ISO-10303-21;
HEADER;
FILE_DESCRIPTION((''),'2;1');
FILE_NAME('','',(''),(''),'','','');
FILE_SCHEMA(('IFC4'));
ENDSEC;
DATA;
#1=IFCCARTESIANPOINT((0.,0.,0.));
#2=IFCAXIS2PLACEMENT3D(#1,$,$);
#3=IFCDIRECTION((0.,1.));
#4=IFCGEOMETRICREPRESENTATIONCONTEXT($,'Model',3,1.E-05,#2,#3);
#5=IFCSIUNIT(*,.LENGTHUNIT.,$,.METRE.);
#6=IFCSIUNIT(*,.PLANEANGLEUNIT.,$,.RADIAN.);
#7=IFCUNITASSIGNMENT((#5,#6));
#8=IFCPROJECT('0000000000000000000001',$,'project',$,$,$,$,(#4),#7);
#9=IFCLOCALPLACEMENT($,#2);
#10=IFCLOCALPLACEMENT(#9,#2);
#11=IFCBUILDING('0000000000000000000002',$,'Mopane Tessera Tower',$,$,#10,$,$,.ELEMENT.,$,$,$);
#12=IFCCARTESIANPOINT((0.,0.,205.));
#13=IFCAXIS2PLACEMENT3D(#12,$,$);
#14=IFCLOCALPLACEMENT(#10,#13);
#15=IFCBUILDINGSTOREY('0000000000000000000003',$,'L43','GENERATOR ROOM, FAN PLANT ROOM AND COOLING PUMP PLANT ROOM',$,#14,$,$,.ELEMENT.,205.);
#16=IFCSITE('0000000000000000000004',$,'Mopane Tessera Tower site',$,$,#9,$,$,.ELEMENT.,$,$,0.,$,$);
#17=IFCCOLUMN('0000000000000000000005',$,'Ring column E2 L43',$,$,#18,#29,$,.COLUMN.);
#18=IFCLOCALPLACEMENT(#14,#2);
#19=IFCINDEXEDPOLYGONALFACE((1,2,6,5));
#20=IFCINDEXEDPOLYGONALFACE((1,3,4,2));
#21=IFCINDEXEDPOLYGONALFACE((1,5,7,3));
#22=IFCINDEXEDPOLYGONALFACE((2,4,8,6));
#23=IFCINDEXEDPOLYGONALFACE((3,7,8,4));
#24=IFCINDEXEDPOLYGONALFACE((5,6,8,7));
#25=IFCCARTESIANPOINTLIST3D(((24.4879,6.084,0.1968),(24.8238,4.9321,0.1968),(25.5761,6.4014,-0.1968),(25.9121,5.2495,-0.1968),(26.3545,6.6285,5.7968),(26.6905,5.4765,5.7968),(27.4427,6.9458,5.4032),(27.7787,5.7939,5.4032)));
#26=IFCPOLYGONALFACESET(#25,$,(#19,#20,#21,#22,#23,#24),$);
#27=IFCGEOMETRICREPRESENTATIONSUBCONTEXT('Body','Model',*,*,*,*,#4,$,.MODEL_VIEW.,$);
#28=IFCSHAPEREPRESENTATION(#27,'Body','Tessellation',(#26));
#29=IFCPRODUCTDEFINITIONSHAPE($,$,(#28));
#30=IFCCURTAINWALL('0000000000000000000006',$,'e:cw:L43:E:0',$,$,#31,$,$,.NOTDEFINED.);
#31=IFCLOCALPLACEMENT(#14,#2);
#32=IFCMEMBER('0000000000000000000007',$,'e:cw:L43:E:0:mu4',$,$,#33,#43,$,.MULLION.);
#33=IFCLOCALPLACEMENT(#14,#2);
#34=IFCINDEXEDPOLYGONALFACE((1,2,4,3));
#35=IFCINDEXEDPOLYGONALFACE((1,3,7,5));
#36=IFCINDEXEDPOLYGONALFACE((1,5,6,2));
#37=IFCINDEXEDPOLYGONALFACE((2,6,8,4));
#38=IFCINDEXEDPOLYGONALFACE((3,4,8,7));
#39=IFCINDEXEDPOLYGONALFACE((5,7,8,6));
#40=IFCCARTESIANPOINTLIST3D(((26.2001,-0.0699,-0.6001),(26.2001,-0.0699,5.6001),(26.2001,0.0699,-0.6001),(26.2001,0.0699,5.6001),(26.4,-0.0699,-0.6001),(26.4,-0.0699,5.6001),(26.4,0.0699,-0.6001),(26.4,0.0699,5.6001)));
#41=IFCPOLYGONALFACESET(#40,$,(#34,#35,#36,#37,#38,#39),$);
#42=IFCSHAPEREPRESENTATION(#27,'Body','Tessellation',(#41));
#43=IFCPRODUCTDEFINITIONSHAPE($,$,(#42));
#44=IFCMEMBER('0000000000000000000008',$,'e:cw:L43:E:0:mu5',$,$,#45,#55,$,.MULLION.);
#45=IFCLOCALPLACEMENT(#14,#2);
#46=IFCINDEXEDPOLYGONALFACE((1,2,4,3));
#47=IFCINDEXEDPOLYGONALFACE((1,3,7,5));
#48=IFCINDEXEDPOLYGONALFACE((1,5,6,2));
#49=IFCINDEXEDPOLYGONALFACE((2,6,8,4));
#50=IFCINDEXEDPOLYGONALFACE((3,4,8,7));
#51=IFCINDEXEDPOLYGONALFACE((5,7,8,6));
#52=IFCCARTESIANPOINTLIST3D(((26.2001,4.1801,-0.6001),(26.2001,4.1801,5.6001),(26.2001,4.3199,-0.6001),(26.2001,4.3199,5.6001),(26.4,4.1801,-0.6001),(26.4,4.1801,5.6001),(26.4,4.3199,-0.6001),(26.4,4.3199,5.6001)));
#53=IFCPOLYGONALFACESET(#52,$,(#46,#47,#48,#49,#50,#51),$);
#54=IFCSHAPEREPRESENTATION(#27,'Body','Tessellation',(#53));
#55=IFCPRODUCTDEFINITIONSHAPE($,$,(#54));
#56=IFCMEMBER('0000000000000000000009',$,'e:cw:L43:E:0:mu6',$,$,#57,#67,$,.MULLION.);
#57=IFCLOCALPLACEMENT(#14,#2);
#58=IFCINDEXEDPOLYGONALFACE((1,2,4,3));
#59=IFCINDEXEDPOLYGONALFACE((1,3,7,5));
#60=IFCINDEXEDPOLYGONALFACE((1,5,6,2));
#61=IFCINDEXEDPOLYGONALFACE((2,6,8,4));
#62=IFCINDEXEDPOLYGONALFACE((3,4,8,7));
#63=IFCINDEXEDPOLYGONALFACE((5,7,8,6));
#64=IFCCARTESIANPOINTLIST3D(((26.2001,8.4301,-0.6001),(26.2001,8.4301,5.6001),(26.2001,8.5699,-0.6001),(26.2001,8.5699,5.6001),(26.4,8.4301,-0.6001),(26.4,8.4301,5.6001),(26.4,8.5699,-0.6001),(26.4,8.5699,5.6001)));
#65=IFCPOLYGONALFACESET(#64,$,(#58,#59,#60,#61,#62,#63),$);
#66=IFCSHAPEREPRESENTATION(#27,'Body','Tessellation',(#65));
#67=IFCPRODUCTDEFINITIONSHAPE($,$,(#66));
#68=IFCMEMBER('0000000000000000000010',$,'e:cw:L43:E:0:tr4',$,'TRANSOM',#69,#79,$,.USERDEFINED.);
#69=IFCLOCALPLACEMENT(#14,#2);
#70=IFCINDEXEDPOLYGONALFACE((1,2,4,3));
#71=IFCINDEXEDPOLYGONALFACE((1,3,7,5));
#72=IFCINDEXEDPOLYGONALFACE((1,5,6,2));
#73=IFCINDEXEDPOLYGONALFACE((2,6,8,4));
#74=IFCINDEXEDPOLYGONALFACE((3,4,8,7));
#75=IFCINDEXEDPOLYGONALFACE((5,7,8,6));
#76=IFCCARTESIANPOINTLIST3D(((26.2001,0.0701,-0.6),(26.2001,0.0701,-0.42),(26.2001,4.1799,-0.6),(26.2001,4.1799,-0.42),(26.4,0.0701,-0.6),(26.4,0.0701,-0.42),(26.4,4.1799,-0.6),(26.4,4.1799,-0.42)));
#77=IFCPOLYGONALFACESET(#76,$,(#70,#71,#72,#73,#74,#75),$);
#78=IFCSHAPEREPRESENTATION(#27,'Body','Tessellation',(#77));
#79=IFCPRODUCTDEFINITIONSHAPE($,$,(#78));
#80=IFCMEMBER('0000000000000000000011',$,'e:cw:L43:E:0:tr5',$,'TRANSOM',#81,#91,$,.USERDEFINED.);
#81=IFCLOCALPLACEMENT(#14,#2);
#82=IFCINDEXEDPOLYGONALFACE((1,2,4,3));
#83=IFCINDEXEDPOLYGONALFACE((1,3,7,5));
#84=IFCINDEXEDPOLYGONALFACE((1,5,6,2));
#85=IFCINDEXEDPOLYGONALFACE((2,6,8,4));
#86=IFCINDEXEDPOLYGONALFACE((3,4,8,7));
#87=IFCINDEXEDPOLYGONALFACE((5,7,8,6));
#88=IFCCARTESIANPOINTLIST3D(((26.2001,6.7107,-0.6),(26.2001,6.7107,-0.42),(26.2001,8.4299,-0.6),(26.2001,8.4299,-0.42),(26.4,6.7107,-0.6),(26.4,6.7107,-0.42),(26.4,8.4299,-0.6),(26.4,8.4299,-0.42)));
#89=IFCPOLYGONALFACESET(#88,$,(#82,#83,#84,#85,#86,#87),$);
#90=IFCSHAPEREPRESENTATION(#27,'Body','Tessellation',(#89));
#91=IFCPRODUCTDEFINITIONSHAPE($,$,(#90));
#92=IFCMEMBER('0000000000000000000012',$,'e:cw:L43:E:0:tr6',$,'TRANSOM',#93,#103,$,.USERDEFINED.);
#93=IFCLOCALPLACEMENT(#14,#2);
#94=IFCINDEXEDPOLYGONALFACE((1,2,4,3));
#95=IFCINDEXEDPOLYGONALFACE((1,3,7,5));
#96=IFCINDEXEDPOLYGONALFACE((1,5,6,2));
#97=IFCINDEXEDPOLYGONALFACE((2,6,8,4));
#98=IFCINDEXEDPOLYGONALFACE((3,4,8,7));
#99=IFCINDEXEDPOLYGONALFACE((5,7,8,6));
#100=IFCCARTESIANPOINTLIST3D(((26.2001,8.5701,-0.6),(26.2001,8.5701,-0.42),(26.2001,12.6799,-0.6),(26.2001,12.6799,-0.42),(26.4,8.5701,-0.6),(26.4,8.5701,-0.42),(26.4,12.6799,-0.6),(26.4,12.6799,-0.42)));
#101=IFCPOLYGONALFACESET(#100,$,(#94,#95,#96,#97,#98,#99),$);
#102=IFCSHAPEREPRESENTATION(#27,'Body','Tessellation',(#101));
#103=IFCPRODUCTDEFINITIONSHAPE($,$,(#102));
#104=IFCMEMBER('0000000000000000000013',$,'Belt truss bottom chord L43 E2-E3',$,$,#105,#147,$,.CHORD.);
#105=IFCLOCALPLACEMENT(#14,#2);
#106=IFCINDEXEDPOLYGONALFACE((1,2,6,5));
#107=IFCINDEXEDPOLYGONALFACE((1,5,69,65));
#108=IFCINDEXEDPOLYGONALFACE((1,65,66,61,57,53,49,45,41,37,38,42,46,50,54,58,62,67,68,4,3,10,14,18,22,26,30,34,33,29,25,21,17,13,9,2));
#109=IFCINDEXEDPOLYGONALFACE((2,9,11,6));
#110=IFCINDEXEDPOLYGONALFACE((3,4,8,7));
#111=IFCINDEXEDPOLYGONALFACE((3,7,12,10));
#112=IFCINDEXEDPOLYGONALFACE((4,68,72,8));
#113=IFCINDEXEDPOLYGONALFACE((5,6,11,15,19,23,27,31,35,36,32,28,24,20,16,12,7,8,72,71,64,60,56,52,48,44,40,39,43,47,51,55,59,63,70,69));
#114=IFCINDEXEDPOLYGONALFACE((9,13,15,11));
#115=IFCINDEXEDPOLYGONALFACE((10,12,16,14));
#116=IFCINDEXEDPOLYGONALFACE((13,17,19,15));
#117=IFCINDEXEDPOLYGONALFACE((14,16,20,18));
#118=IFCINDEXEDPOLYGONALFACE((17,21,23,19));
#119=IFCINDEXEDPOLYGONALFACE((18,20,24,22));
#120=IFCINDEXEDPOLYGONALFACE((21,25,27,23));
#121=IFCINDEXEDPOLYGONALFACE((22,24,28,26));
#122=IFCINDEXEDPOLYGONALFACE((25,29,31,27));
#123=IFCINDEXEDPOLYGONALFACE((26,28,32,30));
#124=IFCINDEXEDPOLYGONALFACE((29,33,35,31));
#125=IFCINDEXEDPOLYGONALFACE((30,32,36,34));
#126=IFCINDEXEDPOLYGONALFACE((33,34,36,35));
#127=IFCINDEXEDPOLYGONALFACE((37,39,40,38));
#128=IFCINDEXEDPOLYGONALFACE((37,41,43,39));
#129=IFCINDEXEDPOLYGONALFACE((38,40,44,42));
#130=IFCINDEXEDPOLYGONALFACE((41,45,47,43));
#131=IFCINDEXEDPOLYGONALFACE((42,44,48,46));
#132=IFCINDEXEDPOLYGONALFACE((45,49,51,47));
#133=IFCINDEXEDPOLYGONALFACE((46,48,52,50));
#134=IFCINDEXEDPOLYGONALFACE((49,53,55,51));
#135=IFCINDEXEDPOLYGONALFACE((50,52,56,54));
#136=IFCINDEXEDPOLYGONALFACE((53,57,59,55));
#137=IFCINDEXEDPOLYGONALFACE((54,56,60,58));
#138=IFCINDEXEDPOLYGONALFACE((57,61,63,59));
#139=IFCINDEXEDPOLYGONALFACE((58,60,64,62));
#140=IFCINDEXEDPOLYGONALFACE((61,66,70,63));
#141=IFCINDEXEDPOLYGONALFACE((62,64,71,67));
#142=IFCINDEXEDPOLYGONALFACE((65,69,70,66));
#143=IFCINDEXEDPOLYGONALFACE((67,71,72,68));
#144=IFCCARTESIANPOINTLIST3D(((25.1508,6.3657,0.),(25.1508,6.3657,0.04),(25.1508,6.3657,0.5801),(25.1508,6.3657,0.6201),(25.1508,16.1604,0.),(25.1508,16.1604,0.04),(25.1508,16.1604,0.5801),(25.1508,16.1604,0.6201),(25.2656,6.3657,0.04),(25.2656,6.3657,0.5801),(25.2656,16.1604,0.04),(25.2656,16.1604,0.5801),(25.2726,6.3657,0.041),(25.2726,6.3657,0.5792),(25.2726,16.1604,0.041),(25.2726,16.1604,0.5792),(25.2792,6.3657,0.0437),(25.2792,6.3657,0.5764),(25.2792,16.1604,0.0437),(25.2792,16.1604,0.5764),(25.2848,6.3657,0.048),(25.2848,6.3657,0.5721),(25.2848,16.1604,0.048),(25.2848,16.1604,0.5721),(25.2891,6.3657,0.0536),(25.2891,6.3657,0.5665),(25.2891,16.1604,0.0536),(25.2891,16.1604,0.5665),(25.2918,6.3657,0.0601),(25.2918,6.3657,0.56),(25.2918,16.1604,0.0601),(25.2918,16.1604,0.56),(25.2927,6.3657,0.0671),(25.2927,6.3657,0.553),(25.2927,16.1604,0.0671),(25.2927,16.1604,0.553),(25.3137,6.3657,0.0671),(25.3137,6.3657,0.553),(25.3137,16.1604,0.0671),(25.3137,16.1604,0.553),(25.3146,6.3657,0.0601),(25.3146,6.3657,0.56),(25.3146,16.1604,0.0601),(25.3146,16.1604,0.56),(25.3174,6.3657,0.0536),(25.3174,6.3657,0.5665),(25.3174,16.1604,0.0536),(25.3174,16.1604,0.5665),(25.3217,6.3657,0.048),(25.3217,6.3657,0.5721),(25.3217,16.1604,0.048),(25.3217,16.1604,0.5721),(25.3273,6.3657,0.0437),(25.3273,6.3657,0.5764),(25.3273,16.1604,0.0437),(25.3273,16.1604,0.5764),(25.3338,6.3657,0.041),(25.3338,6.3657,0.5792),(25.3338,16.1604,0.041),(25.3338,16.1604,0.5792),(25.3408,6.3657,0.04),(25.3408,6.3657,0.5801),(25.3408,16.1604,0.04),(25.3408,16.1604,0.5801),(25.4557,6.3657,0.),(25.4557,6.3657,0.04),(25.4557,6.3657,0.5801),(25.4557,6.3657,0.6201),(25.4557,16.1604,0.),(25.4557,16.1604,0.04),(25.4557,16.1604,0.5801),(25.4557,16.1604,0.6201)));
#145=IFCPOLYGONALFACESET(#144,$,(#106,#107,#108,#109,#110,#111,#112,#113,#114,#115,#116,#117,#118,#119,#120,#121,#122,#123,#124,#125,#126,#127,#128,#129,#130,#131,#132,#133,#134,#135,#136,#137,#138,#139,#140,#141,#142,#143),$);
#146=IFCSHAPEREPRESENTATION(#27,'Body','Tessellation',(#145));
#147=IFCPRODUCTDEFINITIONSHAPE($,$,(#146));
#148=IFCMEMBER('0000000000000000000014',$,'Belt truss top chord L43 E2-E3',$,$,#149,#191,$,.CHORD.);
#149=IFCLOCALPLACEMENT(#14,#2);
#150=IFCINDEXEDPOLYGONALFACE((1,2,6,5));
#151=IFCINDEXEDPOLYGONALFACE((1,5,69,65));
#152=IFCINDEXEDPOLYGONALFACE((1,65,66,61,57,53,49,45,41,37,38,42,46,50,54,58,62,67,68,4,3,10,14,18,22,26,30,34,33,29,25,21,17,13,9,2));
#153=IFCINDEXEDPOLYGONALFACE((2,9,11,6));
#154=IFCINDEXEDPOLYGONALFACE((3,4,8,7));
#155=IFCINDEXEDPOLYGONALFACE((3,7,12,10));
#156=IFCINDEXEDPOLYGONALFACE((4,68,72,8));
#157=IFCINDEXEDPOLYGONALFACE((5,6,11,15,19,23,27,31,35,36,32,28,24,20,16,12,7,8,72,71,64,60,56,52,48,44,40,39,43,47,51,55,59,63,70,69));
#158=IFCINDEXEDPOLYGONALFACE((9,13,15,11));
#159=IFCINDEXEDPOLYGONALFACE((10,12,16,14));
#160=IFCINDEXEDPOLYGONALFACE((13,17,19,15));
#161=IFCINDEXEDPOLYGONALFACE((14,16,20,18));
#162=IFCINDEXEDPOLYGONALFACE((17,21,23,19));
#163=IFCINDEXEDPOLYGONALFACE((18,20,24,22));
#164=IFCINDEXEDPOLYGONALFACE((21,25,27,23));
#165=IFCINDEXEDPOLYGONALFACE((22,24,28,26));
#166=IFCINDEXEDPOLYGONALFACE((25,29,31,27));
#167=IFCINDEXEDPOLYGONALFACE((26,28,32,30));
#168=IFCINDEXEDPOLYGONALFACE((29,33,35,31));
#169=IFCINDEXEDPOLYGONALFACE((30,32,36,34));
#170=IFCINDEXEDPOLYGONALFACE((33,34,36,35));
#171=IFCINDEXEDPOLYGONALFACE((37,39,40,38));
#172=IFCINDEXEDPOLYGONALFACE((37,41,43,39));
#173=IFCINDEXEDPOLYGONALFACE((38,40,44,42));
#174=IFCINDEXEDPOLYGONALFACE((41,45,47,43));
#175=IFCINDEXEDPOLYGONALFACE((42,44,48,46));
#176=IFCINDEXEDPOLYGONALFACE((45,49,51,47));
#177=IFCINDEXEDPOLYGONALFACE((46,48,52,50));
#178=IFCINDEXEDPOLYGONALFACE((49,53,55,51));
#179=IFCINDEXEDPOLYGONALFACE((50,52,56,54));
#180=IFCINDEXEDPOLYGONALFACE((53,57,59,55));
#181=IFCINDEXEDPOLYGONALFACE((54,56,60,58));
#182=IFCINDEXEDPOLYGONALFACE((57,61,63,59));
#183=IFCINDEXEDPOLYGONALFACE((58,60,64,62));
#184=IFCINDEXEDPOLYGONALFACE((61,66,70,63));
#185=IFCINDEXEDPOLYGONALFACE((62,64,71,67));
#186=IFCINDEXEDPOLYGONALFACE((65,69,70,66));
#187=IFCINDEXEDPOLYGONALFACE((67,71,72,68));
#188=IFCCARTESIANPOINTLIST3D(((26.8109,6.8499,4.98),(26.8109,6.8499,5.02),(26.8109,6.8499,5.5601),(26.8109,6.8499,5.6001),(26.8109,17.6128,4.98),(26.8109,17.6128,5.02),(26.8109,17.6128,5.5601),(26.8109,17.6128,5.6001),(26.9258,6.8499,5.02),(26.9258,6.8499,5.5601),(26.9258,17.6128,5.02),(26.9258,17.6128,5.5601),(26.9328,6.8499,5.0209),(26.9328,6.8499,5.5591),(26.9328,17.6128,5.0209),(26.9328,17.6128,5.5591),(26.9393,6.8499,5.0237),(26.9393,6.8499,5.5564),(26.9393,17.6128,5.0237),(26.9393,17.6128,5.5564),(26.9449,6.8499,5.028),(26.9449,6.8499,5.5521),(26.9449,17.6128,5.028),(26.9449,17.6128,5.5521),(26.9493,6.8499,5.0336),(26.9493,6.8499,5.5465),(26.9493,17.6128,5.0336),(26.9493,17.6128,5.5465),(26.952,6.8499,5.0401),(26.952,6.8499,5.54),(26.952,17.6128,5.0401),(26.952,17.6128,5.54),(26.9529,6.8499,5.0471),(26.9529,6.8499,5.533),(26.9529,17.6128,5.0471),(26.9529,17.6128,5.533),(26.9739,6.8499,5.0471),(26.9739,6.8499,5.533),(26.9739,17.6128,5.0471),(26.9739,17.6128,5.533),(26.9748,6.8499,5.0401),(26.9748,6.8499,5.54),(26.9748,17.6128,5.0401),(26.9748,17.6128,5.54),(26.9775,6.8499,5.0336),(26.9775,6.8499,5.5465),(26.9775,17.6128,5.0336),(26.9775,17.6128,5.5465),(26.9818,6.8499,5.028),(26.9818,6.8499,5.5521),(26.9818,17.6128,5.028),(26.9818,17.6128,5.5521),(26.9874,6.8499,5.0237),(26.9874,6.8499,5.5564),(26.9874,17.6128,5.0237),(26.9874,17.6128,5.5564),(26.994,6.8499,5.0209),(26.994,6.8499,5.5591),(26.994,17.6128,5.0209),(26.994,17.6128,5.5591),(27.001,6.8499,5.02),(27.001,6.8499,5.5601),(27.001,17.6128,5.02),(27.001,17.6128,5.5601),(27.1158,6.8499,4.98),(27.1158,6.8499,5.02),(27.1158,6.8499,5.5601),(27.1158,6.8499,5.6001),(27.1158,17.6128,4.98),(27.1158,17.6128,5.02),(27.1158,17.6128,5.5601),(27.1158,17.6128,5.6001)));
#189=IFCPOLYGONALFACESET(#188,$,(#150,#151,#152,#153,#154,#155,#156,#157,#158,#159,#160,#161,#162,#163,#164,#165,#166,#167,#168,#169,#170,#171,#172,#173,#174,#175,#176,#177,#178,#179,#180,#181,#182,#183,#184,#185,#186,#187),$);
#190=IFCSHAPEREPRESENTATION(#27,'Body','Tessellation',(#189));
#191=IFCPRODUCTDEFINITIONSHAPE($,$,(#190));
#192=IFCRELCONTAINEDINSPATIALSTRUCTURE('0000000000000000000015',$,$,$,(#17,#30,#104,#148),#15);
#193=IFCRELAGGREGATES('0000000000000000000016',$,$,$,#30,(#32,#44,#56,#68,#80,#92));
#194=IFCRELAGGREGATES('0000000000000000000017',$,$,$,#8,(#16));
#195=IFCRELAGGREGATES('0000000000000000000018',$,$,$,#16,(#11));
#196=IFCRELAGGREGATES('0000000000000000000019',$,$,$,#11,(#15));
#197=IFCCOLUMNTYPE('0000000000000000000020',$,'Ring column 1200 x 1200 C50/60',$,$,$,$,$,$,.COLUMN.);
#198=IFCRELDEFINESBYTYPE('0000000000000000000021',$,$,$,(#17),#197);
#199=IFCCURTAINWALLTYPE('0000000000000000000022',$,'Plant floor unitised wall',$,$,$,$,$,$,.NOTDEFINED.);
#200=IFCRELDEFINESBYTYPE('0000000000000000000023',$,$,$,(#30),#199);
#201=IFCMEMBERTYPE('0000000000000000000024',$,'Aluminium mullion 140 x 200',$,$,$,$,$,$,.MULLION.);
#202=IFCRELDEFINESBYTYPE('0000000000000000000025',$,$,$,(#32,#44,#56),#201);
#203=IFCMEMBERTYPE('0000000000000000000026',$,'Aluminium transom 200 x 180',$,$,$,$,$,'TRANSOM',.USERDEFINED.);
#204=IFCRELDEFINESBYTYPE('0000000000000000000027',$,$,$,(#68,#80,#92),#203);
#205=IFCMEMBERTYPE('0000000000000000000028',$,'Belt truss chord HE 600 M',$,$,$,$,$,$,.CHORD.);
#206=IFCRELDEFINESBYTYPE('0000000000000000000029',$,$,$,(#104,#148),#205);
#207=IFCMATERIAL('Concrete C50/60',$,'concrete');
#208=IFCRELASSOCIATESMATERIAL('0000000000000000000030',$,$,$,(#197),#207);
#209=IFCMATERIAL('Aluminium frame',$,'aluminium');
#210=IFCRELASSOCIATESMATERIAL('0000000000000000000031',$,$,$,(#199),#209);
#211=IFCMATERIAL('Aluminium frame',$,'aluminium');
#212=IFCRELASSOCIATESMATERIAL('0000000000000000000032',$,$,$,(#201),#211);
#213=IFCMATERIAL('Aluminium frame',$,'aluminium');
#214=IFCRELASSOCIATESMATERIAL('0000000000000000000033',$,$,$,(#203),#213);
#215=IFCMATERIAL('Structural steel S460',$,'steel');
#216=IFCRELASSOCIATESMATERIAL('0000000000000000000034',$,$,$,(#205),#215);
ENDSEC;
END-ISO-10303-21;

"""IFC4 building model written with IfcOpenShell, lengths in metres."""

from ifc_helpers import new_model, si_unit, direction, frame, origin, origin_2d, place, context, subcontext, project, spatial, rectangle, i_section, extrude, material, material_profile, profile_set, type_object, element, aggregate, save


model = new_model("IFC4")

# Units and contexts
model_context = context("Model", 3, precision=1e-05, world=origin(), true_north=direction((0.0, 1.0)))
body_context = subcontext(model_context, "Body", "Model", "MODEL_VIEW")
ifc_project = project(units=[si_unit("LENGTHUNIT", "METRE"), si_unit("PLANEANGLEUNIT", "RADIAN")], contexts=[model_context])

# Site, building, storey
site_placement = place(None, origin())
site = spatial("IfcSite", under=ifc_project, at=site_placement, Name="Mopane Tessera Tower site", CompositionType="ELEMENT", RefElevation=0.0)
building_placement = place(site_placement, origin())
building = spatial("IfcBuilding", under=site, at=building_placement, Name="Mopane Tessera Tower", CompositionType="ELEMENT")
storey_placement = place(building_placement, frame((0.0, 0.0, 205.0)))
storey = spatial("IfcBuildingStorey", under=building, at=storey_placement, Name="L43", Description="GENERATOR ROOM, FAN PLANT ROOM AND COOLING PUMP PLANT ROOM", CompositionType="ELEMENT", Elevation=205.0)

# Column
ifc_material_1 = material(Name="Concrete C50/60", Category="concrete")
ifc_material_profile_1 = material_profile(ifc_material_1, rectangle(XDim=1.2, YDim=1.2, at=origin_2d()))
ifc_profile_set_1 = profile_set([ifc_material_profile_1], Name="Concrete C50/60")
column_type = type_object("IfcColumnType", Name="Ring column 1200 x 1200 C50/60", PredefinedType="COLUMN", material=ifc_profile_set_1)
column_placement = place(storey_placement, frame((25.2, 5.6667, 0.0), z_axis=(0.314891, 0.09184, 0.944674), x_axis=(-0.27999, 0.960003, 0.0)))
element("IfcColumn", 1, at=column_placement, inside=storey, type_object=column_type, Name="Ring column E2 L43", PredefinedType="COLUMN", context=body_context, shape_type="SweptSolid", body=[
    extrude(rectangle(XDim=1.2, YDim=1.2, at=origin_2d()), origin(), (0.0, 0.0, 1.0), 5.928),
])

# Curtain wall, members
ifc_material_2 = material(Name="Aluminium frame", Category="aluminium")
curtain_wall_type = type_object("IfcCurtainWallType", Name="Plant floor unitised wall", PredefinedType="NOTDEFINED", material=ifc_material_2)
curtain_wall_placement = place(storey_placement, origin())
curtain_wall = element("IfcCurtainWall", 2, at=curtain_wall_placement, inside=storey, type_object=curtain_wall_type, Name="e:cw:L43:E:0", PredefinedType="NOTDEFINED")
ifc_material_3 = material(Name="Aluminium frame", Category="aluminium")
ifc_material_profile_2 = material_profile(ifc_material_3, rectangle(XDim=0.1399, YDim=0.2, at=origin_2d()))
ifc_profile_set_2 = profile_set([ifc_material_profile_2], Name="Aluminium frame")
member_type_1 = type_object("IfcMemberType", Name="Aluminium mullion 140 x 200", PredefinedType="MULLION", material=ifc_profile_set_2)
member_1_placement = place(storey_placement, frame((26.3, 0.0, -0.6001), z_axis=(0.0, 0.0, 1.0), x_axis=(0.0, 1.0, 0.0)))
member_1 = element("IfcMember", 3, at=member_1_placement, type_object=member_type_1, Name="e:cw:L43:E:0:mu4", PredefinedType="MULLION", context=body_context, shape_type="SweptSolid", body=[
    extrude(rectangle(XDim=0.1399, YDim=0.2, at=origin_2d()), origin(), (0.0, 0.0, 1.0), 6.2002),
])
member_2_placement = place(storey_placement, frame((26.3, 4.25, -0.6001), z_axis=(0.0, 0.0, 1.0), x_axis=(0.0, 1.0, 0.0)))
member_2 = element("IfcMember", 4, at=member_2_placement, type_object=member_type_1, Name="e:cw:L43:E:0:mu5", PredefinedType="MULLION", context=body_context, shape_type="SweptSolid", body=[
    extrude(rectangle(XDim=0.1399, YDim=0.2, at=origin_2d()), origin(), (0.0, 0.0, 1.0), 6.2002),
])
member_3_placement = place(storey_placement, frame((26.3, 8.5, -0.6001), z_axis=(0.0, 0.0, 1.0), x_axis=(0.0, 1.0, 0.0)))
member_3 = element("IfcMember", 5, at=member_3_placement, type_object=member_type_1, Name="e:cw:L43:E:0:mu6", PredefinedType="MULLION", context=body_context, shape_type="SweptSolid", body=[
    extrude(rectangle(XDim=0.1399, YDim=0.2, at=origin_2d()), origin(), (0.0, 0.0, 1.0), 6.2002),
])
ifc_material_4 = material(Name="Aluminium frame", Category="aluminium")
ifc_material_profile_3 = material_profile(ifc_material_4, rectangle(XDim=0.2, YDim=0.1799, at=origin_2d()))
ifc_profile_set_3 = profile_set([ifc_material_profile_3], Name="Aluminium frame")
member_type_2 = type_object("IfcMemberType", Name="Aluminium transom 200 x 180", ElementType="TRANSOM", PredefinedType="USERDEFINED", material=ifc_profile_set_3)
member_4_placement = place(storey_placement, frame((26.3, 0.0701, -0.51), z_axis=(0.0, 1.0, 0.0), x_axis=(-1.0, 0.0, 0.0)))
member_4 = element("IfcMember", 6, at=member_4_placement, type_object=member_type_2, Name="e:cw:L43:E:0:tr4", ObjectType="TRANSOM", PredefinedType="USERDEFINED", context=body_context, shape_type="SweptSolid", body=[
    extrude(rectangle(XDim=0.2, YDim=0.1799, at=origin_2d()), origin(), (0.0, 0.0, 1.0), 4.1099),
])
member_5_placement = place(storey_placement, frame((26.3, 6.7107, -0.51), z_axis=(0.0, 1.0, 0.0), x_axis=(-1.0, 0.0, 0.0)))
member_5 = element("IfcMember", 7, at=member_5_placement, type_object=member_type_2, Name="e:cw:L43:E:0:tr5", ObjectType="TRANSOM", PredefinedType="USERDEFINED", context=body_context, shape_type="SweptSolid", body=[
    extrude(rectangle(XDim=0.2, YDim=0.1799, at=origin_2d()), origin(), (0.0, 0.0, 1.0), 1.7192),
])
member_6_placement = place(storey_placement, frame((26.3, 8.5701, -0.51), z_axis=(0.0, 1.0, 0.0), x_axis=(-1.0, 0.0, 0.0)))
member_6 = element("IfcMember", 8, at=member_6_placement, type_object=member_type_2, Name="e:cw:L43:E:0:tr6", ObjectType="TRANSOM", PredefinedType="USERDEFINED", context=body_context, shape_type="SweptSolid", body=[
    extrude(rectangle(XDim=0.2, YDim=0.1799, at=origin_2d()), origin(), (0.0, 0.0, 1.0), 4.1099),
])

# Members
ifc_material_5 = material(Name="Structural steel S460", Category="steel")
ifc_material_profile_4 = material_profile(ifc_material_5, i_section(OverallWidth=0.3049, OverallDepth=0.6201, WebThickness=0.021, FlangeThickness=0.04, FilletRadius=0.0271, at=origin_2d()))
ifc_profile_set_4 = profile_set([ifc_material_profile_4], Name="Structural steel S460")
member_type_3 = type_object("IfcMemberType", Name="Belt truss chord HE 600 M", PredefinedType="CHORD", material=ifc_profile_set_4)
member_7_placement = place(storey_placement, frame((25.3032, 6.3657, 0.3101), z_axis=(0.0, 1.0, 0.0), x_axis=(-1.0, 0.0, 0.0)))
element("IfcMember", 9, at=member_7_placement, inside=storey, type_object=member_type_3, Name="Belt truss bottom chord L43 E2-E3", PredefinedType="CHORD", context=body_context, shape_type="SweptSolid", body=[
    extrude(i_section(OverallWidth=0.3049, OverallDepth=0.6201, WebThickness=0.021, FlangeThickness=0.04, FilletRadius=0.0271, at=origin_2d()), origin(), (0.0, 0.0, 1.0), 9.7947),
])
member_8_placement = place(storey_placement, frame((26.9634, 6.8499, 5.29), z_axis=(0.0, 1.0, 0.0), x_axis=(-1.0, 0.0, 0.0)))
element("IfcMember", 10, at=member_8_placement, inside=storey, type_object=member_type_3, Name="Belt truss top chord L43 E2-E3", PredefinedType="CHORD", context=body_context, shape_type="SweptSolid", body=[
    extrude(i_section(OverallWidth=0.3049, OverallDepth=0.6201, WebThickness=0.021, FlangeThickness=0.04, FilletRadius=0.0271, at=origin_2d()), origin(), (0.0, 0.0, 1.0), 10.7629),
])

aggregate(curtain_wall, [member_1, member_2, member_3, member_4, member_5, member_6])

save(model, "model.ifc")
